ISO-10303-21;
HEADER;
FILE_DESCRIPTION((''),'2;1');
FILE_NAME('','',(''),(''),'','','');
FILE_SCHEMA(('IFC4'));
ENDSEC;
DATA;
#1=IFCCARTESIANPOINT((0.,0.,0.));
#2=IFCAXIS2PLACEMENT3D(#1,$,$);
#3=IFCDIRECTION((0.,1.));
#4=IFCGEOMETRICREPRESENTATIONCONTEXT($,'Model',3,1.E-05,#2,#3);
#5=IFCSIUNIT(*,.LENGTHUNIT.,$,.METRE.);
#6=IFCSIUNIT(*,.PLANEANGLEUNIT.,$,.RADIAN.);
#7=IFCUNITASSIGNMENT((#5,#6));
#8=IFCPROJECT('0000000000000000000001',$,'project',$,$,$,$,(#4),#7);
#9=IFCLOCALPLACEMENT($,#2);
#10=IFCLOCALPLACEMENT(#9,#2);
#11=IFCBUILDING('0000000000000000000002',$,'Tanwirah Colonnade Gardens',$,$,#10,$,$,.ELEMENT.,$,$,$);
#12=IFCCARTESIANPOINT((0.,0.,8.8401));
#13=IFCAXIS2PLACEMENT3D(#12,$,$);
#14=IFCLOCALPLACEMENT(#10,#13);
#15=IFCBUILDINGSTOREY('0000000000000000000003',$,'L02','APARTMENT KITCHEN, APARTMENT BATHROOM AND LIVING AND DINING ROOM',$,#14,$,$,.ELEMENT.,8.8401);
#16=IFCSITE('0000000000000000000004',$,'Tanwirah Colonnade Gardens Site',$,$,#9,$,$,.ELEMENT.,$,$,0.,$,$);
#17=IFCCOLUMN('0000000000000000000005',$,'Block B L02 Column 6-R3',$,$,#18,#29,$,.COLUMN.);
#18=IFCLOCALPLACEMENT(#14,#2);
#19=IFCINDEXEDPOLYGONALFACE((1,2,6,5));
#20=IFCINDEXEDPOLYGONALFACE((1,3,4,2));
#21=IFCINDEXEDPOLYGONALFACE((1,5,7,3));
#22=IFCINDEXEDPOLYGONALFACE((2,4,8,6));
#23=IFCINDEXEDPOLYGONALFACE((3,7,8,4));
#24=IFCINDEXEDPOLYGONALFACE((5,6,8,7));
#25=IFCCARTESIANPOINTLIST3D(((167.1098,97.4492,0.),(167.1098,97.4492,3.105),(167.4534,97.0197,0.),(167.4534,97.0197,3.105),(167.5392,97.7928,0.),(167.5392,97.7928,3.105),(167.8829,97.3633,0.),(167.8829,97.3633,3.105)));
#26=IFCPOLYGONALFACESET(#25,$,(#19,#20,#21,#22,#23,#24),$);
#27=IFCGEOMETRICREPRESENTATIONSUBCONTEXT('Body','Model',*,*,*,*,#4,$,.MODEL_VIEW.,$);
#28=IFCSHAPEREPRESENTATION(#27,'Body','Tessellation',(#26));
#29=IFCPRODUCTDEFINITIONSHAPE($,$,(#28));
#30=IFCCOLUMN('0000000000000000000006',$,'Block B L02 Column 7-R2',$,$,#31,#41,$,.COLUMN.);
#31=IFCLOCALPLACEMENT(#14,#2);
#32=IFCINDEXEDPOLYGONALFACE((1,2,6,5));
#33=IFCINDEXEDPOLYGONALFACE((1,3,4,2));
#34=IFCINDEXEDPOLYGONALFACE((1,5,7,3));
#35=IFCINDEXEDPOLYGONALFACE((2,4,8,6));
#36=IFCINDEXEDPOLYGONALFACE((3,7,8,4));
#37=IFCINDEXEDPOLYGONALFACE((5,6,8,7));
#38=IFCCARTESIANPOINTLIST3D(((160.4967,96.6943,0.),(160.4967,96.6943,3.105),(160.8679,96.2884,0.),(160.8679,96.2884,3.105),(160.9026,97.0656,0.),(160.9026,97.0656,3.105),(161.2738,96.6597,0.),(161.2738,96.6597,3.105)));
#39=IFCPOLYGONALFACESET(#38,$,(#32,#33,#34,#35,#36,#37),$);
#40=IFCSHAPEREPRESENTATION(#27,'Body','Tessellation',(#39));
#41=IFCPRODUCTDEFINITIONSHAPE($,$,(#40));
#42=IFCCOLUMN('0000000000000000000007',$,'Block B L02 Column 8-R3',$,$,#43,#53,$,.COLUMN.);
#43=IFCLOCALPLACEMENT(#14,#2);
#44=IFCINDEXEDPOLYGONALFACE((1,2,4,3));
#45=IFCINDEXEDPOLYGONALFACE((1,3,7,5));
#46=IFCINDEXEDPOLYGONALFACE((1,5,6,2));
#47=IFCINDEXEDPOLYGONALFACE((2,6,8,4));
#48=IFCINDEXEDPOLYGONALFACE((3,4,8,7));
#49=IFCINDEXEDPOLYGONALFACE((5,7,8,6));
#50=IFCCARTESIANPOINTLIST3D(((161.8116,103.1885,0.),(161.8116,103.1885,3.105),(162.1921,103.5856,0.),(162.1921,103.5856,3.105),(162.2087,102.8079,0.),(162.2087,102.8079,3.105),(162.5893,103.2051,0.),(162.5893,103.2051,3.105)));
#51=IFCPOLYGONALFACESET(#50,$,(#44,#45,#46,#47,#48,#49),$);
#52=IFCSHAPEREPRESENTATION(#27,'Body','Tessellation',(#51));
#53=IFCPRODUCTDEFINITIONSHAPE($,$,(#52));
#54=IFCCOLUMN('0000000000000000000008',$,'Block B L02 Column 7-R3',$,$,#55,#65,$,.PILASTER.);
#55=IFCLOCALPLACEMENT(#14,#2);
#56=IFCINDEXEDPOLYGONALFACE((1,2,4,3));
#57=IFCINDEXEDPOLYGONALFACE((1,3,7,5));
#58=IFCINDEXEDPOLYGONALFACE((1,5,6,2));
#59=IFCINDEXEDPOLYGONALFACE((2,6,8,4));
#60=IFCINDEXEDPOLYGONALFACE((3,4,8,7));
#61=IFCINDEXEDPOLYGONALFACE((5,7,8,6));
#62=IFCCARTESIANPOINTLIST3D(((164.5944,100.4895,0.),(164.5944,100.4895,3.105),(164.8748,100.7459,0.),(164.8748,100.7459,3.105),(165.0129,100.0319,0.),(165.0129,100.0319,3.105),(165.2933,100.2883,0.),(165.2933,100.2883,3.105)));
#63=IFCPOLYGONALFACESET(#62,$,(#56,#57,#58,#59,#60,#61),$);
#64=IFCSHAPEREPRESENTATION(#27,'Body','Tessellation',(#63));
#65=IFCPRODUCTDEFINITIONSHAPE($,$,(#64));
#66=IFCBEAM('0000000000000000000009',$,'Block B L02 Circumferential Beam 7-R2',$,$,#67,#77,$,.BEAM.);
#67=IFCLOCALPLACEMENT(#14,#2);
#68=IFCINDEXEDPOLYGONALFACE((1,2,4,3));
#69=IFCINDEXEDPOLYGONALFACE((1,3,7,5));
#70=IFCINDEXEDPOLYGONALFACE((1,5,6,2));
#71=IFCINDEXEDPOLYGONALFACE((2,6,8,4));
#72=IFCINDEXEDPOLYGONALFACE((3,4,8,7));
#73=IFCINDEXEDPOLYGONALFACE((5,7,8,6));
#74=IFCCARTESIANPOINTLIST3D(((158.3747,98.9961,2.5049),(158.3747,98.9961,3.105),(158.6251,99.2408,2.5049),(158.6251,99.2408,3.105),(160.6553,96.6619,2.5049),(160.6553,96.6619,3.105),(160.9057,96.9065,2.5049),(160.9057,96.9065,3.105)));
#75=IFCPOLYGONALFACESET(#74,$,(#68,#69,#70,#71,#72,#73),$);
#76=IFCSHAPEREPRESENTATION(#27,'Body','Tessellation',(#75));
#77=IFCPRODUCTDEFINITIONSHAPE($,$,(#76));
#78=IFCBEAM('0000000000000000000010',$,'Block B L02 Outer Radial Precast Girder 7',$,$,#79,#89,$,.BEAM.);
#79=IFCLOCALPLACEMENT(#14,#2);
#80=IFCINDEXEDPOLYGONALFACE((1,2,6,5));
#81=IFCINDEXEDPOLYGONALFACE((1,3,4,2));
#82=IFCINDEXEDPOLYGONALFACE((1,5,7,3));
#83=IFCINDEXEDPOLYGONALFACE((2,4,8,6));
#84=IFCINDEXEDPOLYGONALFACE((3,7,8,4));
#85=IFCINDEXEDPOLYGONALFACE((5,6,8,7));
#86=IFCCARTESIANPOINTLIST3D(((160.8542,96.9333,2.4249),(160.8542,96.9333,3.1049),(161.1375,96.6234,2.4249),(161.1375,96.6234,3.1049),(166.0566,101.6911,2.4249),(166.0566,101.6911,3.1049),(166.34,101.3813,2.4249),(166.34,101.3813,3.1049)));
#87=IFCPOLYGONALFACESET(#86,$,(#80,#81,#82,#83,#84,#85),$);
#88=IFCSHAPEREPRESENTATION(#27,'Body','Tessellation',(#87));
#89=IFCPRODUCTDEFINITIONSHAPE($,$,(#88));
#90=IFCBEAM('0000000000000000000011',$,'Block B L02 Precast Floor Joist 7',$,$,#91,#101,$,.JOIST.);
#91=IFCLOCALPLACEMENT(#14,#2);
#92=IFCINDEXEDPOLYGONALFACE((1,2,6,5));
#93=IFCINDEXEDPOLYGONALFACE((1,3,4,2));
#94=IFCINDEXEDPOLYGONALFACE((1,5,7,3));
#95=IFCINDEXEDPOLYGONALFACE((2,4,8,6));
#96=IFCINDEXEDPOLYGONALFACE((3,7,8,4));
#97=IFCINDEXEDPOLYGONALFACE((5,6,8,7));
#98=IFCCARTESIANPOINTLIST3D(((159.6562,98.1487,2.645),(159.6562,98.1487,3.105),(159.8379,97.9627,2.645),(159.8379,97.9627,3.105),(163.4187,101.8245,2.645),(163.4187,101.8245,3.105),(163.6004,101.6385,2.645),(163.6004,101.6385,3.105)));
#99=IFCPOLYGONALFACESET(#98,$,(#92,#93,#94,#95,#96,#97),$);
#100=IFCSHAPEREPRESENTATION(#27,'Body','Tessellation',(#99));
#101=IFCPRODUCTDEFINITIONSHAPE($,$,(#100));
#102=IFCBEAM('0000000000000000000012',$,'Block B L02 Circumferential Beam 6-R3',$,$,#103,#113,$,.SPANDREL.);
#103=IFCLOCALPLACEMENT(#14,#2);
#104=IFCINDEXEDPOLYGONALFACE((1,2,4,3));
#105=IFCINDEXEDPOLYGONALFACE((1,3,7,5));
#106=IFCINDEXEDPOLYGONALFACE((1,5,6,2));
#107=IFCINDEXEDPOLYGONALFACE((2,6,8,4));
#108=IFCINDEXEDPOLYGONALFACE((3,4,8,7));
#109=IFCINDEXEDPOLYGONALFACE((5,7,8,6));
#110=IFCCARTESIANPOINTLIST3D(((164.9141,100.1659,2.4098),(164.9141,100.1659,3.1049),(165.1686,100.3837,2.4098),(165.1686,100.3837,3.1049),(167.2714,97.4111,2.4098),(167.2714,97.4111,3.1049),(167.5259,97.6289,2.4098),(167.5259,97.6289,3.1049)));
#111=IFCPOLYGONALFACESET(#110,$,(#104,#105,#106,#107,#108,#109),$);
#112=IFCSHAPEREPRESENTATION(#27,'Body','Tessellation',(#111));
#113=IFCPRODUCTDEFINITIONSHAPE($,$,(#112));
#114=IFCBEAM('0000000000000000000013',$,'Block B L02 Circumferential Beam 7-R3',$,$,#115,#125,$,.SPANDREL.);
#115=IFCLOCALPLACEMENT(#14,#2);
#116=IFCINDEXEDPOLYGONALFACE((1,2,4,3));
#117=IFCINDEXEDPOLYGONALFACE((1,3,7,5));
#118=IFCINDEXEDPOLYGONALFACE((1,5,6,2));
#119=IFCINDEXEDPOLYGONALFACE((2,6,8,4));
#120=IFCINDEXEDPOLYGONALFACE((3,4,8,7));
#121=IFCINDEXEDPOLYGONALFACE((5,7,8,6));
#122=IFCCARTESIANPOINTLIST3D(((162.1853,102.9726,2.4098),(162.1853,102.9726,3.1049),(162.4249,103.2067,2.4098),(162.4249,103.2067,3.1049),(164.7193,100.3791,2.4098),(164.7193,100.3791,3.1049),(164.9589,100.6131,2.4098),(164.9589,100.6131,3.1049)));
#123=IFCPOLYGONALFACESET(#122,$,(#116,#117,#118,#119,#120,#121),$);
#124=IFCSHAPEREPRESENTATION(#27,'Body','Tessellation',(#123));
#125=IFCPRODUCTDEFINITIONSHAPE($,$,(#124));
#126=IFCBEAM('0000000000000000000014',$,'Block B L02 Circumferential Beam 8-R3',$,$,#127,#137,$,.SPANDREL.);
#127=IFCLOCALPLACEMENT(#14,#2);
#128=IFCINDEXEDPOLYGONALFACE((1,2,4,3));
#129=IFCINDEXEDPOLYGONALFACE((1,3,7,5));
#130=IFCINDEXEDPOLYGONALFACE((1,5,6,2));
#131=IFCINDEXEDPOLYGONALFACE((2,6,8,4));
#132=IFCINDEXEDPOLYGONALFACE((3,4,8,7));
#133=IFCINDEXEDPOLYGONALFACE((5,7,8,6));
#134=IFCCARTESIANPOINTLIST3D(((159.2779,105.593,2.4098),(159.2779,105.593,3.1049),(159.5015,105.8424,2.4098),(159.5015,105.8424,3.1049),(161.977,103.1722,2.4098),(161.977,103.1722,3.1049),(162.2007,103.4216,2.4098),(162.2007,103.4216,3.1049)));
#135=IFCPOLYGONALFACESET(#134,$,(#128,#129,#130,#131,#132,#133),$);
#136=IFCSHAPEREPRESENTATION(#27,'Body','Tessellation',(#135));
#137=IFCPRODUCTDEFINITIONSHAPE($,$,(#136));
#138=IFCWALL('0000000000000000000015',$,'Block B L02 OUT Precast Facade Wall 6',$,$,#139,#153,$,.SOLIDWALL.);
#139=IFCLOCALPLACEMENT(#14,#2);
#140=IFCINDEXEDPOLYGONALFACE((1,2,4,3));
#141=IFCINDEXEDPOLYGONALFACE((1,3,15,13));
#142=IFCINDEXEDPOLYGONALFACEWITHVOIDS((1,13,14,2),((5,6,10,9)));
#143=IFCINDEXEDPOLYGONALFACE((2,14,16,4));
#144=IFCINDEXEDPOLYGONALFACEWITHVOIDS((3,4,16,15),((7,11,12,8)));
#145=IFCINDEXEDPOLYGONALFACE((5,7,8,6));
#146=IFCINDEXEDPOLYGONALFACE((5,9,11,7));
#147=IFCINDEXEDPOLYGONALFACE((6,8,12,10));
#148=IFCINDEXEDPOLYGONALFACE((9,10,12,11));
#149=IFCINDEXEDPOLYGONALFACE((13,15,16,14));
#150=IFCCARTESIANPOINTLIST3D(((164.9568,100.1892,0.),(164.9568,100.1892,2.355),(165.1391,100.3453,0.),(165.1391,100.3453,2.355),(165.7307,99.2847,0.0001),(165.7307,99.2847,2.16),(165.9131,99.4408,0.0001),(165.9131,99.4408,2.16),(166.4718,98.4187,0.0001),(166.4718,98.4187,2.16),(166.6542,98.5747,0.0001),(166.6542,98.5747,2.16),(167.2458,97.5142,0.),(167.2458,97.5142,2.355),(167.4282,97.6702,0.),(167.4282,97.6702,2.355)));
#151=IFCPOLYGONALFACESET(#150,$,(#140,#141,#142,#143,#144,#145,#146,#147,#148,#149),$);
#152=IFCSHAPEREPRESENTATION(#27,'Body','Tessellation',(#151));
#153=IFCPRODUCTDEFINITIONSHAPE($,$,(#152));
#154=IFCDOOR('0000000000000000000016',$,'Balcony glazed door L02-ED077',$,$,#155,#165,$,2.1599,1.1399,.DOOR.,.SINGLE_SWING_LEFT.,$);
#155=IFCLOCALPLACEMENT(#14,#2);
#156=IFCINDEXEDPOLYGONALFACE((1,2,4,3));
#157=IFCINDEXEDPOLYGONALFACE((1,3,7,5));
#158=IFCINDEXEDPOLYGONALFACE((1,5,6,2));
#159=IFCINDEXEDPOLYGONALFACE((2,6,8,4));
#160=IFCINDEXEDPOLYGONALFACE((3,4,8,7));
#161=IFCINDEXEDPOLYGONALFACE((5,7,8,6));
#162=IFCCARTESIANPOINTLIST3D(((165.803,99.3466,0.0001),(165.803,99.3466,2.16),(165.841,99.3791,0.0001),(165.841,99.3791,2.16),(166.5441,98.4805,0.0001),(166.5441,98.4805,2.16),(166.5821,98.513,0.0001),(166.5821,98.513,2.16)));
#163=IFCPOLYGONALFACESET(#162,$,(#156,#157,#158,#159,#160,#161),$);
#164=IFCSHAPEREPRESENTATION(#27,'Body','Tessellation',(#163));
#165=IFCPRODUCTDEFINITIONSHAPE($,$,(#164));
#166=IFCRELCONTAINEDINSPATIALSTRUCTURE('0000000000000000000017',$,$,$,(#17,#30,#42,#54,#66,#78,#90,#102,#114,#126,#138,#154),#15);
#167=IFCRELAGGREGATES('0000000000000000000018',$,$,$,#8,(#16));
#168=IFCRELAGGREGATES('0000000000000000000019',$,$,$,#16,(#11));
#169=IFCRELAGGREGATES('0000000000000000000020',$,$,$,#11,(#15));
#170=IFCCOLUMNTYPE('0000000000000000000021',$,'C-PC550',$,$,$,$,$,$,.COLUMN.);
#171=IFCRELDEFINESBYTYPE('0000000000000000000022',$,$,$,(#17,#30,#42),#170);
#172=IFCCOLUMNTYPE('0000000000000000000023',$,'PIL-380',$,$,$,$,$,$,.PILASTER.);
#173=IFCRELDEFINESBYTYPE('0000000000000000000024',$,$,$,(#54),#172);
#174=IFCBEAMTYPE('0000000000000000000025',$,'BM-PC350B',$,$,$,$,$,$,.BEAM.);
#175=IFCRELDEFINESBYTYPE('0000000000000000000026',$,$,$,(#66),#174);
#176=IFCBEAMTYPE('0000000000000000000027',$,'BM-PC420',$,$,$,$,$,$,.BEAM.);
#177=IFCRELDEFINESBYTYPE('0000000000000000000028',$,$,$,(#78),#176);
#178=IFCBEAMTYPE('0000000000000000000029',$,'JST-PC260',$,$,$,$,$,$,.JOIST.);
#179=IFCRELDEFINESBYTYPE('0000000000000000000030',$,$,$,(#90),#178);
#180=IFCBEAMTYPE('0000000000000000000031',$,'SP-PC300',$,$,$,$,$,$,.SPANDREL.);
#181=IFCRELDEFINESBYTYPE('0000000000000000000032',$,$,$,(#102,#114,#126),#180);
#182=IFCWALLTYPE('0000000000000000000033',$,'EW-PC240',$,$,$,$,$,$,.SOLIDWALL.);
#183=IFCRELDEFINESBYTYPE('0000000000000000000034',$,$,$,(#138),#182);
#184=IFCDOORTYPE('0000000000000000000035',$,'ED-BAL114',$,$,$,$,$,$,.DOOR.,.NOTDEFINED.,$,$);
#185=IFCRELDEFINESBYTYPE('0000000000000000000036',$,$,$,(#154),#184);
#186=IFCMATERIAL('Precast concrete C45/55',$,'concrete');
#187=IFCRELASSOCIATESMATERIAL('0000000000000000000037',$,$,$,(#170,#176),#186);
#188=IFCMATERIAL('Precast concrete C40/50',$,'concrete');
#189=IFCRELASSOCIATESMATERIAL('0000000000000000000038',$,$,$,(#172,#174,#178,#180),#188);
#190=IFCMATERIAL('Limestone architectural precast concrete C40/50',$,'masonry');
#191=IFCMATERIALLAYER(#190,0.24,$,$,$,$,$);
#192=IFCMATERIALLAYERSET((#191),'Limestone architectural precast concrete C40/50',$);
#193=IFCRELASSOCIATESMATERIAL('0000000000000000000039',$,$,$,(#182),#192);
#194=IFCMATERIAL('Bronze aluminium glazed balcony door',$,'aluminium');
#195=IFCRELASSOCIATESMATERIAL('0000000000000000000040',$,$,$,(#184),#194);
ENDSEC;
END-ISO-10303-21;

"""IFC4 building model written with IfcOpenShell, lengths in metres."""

from ifc_helpers import new_model, si_unit, direction, frame, frame_2d, origin, origin_2d, place, context, subcontext, project, spatial, rectangle, extrude, material, layer, layer_set, material_profile, profile_set, type_object, element, fill, save


model = new_model("IFC4")

# Units and contexts
model_context = context("Model", 3, precision=1e-05, world=origin(), true_north=direction((0.0, 1.0)))
body_context = subcontext(model_context, "Body", "Model", "MODEL_VIEW")
ifc_project = project(units=[si_unit("LENGTHUNIT", "METRE"), si_unit("PLANEANGLEUNIT", "RADIAN")], contexts=[model_context])

# Site, building, storey
site_placement = place(None, origin())
site = spatial("IfcSite", under=ifc_project, at=site_placement, Name="Tanwirah Colonnade Gardens Site", CompositionType="ELEMENT", RefElevation=0.0)
building_placement = place(site_placement, origin())
building = spatial("IfcBuilding", under=site, at=building_placement, Name="Tanwirah Colonnade Gardens", CompositionType="ELEMENT")
storey_placement = place(building_placement, frame((0.0, 0.0, 8.8401)))
storey = spatial("IfcBuildingStorey", under=building, at=storey_placement, Name="L02", Description="APARTMENT KITCHEN, APARTMENT BATHROOM AND LIVING AND DINING ROOM", CompositionType="ELEMENT", Elevation=8.8401)

# Columns
ifc_material_1 = material(Name="Precast concrete C45/55", Category="concrete")
ifc_material_profile_1 = material_profile(ifc_material_1, rectangle(XDim=0.55, YDim=0.55, at=origin_2d()), Name="PC-COL 550x550")
ifc_profile_set_1 = profile_set([ifc_material_profile_1], Name="Precast concrete C45/55")
column_type_1 = type_object("IfcColumnType", Name="C-PC550", PredefinedType="COLUMN", material=ifc_profile_set_1)
for number, where, z_axis, x_axis, name in (
    (1, (167.4963, 97.4062, 0.0), (0.0, 0.0, 1.0), (0.780794, 0.624789, 0.0), "Block B L02 Column 6-R3"),
    (2, (160.8853, 96.677, 0.0), (0.0, 0.0, 1.0), (0.737932, 0.674875, 0.0), "Block B L02 Column 7-R2"),
    (3, (162.2004, 103.1968, 0.0), (0.0, 0.0, 1.0), (0.691863, 0.722029, 0.0), "Block B L02 Column 8-R3"),
):
    element("IfcColumn", number, at=place(storey_placement, frame(where, z_axis=z_axis, x_axis=x_axis)), inside=storey, type_object=column_type_1, Name=name, PredefinedType="COLUMN", context=body_context, shape_type="SweptSolid", body=[
        extrude(rectangle(XDim=0.55, YDim=0.55, at=origin_2d()), origin(), (0.0, 0.0, 1.0), 3.105),
    ])
ifc_material_2 = material(Name="Precast concrete C40/50", Category="concrete")
ifc_material_profile_2 = material_profile(ifc_material_2, rectangle(XDim=0.3799, YDim=0.6201, at=origin_2d()), Name="PC-PIL 380x620")
ifc_profile_set_2 = profile_set([ifc_material_profile_2], Name="Precast concrete C40/50")
column_type_2 = type_object("IfcColumnType", Name="PIL-380", PredefinedType="PILASTER", material=ifc_profile_set_2)
column_placement = place(storey_placement, frame((164.9438, 100.3889, 0.0), z_axis=(0.0, 0.0, 1.0), x_axis=(0.737932, 0.674875, 0.0)))
element("IfcColumn", 4, at=column_placement, inside=storey, type_object=column_type_2, Name="Block B L02 Column 7-R3", PredefinedType="PILASTER", context=body_context, shape_type="SweptSolid", body=[
    extrude(rectangle(XDim=0.3799, YDim=0.6201, at=origin_2d()), origin(), (0.0, 0.0, 1.0), 3.105),
])

# Beams
ifc_material_profile_3 = material_profile(ifc_material_2, rectangle(XDim=0.3501, YDim=0.6001, at=origin_2d()), Name="PC-BM 350x600")
ifc_profile_set_3 = profile_set([ifc_material_profile_3], Name="Precast concrete C40/50")
beam_type_1 = type_object("IfcBeamType", Name="BM-PC350B", PredefinedType="BEAM", material=ifc_profile_set_3)
beam_1_placement = place(storey_placement, frame((160.7805, 96.7842, 2.8049), z_axis=(-0.698829, 0.715288, 0.0), x_axis=(-0.715288, -0.698829, 0.0)))
element("IfcBeam", 5, at=beam_1_placement, inside=storey, type_object=beam_type_1, Name="Block B L02 Circumferential Beam 7-R2", PredefinedType="BEAM", context=body_context, shape_type="SweptSolid", body=[
    extrude(rectangle(XDim=0.3501, YDim=0.6001, at=origin_2d()), origin(), (0.0, 0.0, 1.0), 3.2634),
])
ifc_material_profile_4 = material_profile(ifc_material_1, rectangle(XDim=0.4199, YDim=0.6799, at=origin_2d()), Name="PC-BM 420x680")
ifc_profile_set_4 = profile_set([ifc_material_profile_4], Name="Precast concrete C45/55")
beam_type_2 = type_object("IfcBeamType", Name="BM-PC420", PredefinedType="BEAM", material=ifc_profile_set_4)
beam_2_placement = place(storey_placement, frame((160.9958, 96.7783, 2.7649), z_axis=(0.737934, 0.674873, 0.0), x_axis=(-0.674873, 0.737934, 0.0)))
element("IfcBeam", 6, at=beam_2_placement, inside=storey, type_object=beam_type_2, Name="Block B L02 Outer Radial Precast Girder 7", PredefinedType="BEAM", context=body_context, shape_type="SweptSolid", body=[
    extrude(rectangle(XDim=0.4199, YDim=0.6799, at=origin_2d()), origin(), (0.0, 0.0, 1.0), 7.05),
])
ifc_material_profile_5 = material_profile(ifc_material_2, rectangle(XDim=0.26, YDim=0.46, at=origin_2d()), Name="PC-JST 260x460")
ifc_profile_set_5 = profile_set([ifc_material_profile_5], Name="Precast concrete C40/50")
beam_type_3 = type_object("IfcBeamType", Name="JST-PC260", PredefinedType="JOIST", material=ifc_profile_set_5)
beam_3_placement = place(storey_placement, frame((159.7471, 98.0557, 2.875), z_axis=(0.715297, 0.69882, 0.0), x_axis=(-0.69882, 0.715297, 0.0)))
element("IfcBeam", 7, at=beam_3_placement, inside=storey, type_object=beam_type_3, Name="Block B L02 Precast Floor Joist 7", PredefinedType="JOIST", context=body_context, shape_type="SweptSolid", body=[
    extrude(rectangle(XDim=0.26, YDim=0.46, at=origin_2d()), origin(), (0.0, 0.0, 1.0), 5.26),
])
ifc_material_profile_6 = material_profile(ifc_material_2, rectangle(XDim=0.335, YDim=0.6951, at=origin_2d()), Name="PC-SP 335x695")
ifc_profile_set_6 = profile_set([ifc_material_profile_6], Name="Precast concrete C40/50")
beam_type_4 = type_object("IfcBeamType", Name="SP-PC300", PredefinedType="SPANDREL", material=ifc_profile_set_6)
beam_4_placement = place(storey_placement, frame((167.3987, 97.52, 2.7573), z_axis=(-0.65017, 0.759789, 0.0), x_axis=(-0.759789, -0.65017, 0.0)))
element("IfcBeam", 8, at=beam_4_placement, inside=storey, type_object=beam_type_4, Name="Block B L02 Circumferential Beam 6-R3", PredefinedType="SPANDREL", context=body_context, shape_type="SweptSolid", body=[
    extrude(rectangle(XDim=0.335, YDim=0.6951, at=origin_2d()), origin(), (0.0, 0.0, 1.0), 3.6257),
])
beam_5_placement = place(storey_placement, frame((164.8391, 100.4961, 2.7573), z_axis=(-0.698844, 0.715274, 0.0), x_axis=(-0.715274, -0.698844, 0.0)))
element("IfcBeam", 9, at=beam_5_placement, inside=storey, type_object=beam_type_4, Name="Block B L02 Circumferential Beam 7-R3", PredefinedType="SPANDREL", context=body_context, shape_type="SweptSolid", body=[
    extrude(rectangle(XDim=0.335, YDim=0.6951, at=origin_2d()), origin(), (0.0, 0.0, 1.0), 3.626),
])
beam_6_placement = place(storey_placement, frame((162.0889, 103.2969, 2.7573), z_axis=(-0.744445, 0.667684, 0.0), x_axis=(-0.667684, -0.744445, 0.0)))
element("IfcBeam", 10, at=beam_6_placement, inside=storey, type_object=beam_type_4, Name="Block B L02 Circumferential Beam 8-R3", PredefinedType="SPANDREL", context=body_context, shape_type="SweptSolid", body=[
    extrude(rectangle(XDim=0.335, YDim=0.6951, at=origin_2d()), origin(), (0.0, 0.0, 1.0), 3.6257),
])

# Wall, opening, door
ifc_material_3 = material(Name="Limestone architectural precast concrete C40/50", Category="masonry")
ifc_layer_1 = layer(ifc_material_3, 0.24)
ifc_layer_set_1 = layer_set([ifc_layer_1], Name="Limestone architectural precast concrete C40/50")
wall_type_1 = type_object("IfcWallType", Name="EW-PC240", PredefinedType="SOLIDWALL", material=ifc_layer_set_1)
wall_1_placement = place(storey_placement, frame((167.3369, 97.5923, 0.0), z_axis=(0.0, 0.0, 1.0), x_axis=(-0.650163, 0.759795, 0.0)))
wall_1 = element("IfcWall", 11, at=wall_1_placement, inside=storey, type_object=wall_type_1, Name="Block B L02 OUT Precast Facade Wall 6", PredefinedType="SOLIDWALL", context=body_context, shape_type="SweptSolid", body=[
    extrude(rectangle(XDim=3.5208, YDim=0.24, at=frame_2d((1.7603, 0.0))), origin(), (0.0, 0.0, 1.0), 2.355),
])
opening_1_placement = place(wall_1_placement, frame((1.1904, 0.0, 0.0)))
opening_1 = element("IfcOpeningElement", 12, at=opening_1_placement, cuts=wall_1, PredefinedType="OPENING", context=body_context, shape_type="SweptSolid", body=[
    extrude(rectangle(XDim=1.1399, YDim=2.1599, at=frame_2d((0.5698, 1.0801))), frame((0.0, 0.1299, 0.0), z_axis=(0.0, -1.0, 0.0), x_axis=(1.0, 0.0, 0.0)), (0.0, 0.0, 1.0), 0.26),
])
ifc_material_4 = material(Name="Bronze aluminium glazed balcony door", Category="aluminium")
door_type_1 = type_object("IfcDoorType", Name="ED-BAL114", OperationType="NOTDEFINED", PredefinedType="DOOR", material=ifc_material_4)
door_1_placement = place(opening_1_placement, origin())
door_1 = element("IfcDoor", 13, at=door_1_placement, inside=storey, type_object=door_type_1, Name="Balcony glazed door L02-ED077", OperationType="SINGLE_SWING_LEFT", OverallHeight=2.1599, OverallWidth=1.1399, PredefinedType="DOOR", context=body_context, shape_type="SweptSolid", body=[
    extrude(rectangle(XDim=1.1399, YDim=2.1599, at=frame_2d((0.5698, 1.0801))), frame((0.0, 0.0249, 0.0), z_axis=(0.0, -1.0, 0.0), x_axis=(1.0, 0.0, 0.0)), (0.0, 0.0, 1.0), 0.05),
])
fill(opening_1, door_1)

save(model, "model.ifc")
